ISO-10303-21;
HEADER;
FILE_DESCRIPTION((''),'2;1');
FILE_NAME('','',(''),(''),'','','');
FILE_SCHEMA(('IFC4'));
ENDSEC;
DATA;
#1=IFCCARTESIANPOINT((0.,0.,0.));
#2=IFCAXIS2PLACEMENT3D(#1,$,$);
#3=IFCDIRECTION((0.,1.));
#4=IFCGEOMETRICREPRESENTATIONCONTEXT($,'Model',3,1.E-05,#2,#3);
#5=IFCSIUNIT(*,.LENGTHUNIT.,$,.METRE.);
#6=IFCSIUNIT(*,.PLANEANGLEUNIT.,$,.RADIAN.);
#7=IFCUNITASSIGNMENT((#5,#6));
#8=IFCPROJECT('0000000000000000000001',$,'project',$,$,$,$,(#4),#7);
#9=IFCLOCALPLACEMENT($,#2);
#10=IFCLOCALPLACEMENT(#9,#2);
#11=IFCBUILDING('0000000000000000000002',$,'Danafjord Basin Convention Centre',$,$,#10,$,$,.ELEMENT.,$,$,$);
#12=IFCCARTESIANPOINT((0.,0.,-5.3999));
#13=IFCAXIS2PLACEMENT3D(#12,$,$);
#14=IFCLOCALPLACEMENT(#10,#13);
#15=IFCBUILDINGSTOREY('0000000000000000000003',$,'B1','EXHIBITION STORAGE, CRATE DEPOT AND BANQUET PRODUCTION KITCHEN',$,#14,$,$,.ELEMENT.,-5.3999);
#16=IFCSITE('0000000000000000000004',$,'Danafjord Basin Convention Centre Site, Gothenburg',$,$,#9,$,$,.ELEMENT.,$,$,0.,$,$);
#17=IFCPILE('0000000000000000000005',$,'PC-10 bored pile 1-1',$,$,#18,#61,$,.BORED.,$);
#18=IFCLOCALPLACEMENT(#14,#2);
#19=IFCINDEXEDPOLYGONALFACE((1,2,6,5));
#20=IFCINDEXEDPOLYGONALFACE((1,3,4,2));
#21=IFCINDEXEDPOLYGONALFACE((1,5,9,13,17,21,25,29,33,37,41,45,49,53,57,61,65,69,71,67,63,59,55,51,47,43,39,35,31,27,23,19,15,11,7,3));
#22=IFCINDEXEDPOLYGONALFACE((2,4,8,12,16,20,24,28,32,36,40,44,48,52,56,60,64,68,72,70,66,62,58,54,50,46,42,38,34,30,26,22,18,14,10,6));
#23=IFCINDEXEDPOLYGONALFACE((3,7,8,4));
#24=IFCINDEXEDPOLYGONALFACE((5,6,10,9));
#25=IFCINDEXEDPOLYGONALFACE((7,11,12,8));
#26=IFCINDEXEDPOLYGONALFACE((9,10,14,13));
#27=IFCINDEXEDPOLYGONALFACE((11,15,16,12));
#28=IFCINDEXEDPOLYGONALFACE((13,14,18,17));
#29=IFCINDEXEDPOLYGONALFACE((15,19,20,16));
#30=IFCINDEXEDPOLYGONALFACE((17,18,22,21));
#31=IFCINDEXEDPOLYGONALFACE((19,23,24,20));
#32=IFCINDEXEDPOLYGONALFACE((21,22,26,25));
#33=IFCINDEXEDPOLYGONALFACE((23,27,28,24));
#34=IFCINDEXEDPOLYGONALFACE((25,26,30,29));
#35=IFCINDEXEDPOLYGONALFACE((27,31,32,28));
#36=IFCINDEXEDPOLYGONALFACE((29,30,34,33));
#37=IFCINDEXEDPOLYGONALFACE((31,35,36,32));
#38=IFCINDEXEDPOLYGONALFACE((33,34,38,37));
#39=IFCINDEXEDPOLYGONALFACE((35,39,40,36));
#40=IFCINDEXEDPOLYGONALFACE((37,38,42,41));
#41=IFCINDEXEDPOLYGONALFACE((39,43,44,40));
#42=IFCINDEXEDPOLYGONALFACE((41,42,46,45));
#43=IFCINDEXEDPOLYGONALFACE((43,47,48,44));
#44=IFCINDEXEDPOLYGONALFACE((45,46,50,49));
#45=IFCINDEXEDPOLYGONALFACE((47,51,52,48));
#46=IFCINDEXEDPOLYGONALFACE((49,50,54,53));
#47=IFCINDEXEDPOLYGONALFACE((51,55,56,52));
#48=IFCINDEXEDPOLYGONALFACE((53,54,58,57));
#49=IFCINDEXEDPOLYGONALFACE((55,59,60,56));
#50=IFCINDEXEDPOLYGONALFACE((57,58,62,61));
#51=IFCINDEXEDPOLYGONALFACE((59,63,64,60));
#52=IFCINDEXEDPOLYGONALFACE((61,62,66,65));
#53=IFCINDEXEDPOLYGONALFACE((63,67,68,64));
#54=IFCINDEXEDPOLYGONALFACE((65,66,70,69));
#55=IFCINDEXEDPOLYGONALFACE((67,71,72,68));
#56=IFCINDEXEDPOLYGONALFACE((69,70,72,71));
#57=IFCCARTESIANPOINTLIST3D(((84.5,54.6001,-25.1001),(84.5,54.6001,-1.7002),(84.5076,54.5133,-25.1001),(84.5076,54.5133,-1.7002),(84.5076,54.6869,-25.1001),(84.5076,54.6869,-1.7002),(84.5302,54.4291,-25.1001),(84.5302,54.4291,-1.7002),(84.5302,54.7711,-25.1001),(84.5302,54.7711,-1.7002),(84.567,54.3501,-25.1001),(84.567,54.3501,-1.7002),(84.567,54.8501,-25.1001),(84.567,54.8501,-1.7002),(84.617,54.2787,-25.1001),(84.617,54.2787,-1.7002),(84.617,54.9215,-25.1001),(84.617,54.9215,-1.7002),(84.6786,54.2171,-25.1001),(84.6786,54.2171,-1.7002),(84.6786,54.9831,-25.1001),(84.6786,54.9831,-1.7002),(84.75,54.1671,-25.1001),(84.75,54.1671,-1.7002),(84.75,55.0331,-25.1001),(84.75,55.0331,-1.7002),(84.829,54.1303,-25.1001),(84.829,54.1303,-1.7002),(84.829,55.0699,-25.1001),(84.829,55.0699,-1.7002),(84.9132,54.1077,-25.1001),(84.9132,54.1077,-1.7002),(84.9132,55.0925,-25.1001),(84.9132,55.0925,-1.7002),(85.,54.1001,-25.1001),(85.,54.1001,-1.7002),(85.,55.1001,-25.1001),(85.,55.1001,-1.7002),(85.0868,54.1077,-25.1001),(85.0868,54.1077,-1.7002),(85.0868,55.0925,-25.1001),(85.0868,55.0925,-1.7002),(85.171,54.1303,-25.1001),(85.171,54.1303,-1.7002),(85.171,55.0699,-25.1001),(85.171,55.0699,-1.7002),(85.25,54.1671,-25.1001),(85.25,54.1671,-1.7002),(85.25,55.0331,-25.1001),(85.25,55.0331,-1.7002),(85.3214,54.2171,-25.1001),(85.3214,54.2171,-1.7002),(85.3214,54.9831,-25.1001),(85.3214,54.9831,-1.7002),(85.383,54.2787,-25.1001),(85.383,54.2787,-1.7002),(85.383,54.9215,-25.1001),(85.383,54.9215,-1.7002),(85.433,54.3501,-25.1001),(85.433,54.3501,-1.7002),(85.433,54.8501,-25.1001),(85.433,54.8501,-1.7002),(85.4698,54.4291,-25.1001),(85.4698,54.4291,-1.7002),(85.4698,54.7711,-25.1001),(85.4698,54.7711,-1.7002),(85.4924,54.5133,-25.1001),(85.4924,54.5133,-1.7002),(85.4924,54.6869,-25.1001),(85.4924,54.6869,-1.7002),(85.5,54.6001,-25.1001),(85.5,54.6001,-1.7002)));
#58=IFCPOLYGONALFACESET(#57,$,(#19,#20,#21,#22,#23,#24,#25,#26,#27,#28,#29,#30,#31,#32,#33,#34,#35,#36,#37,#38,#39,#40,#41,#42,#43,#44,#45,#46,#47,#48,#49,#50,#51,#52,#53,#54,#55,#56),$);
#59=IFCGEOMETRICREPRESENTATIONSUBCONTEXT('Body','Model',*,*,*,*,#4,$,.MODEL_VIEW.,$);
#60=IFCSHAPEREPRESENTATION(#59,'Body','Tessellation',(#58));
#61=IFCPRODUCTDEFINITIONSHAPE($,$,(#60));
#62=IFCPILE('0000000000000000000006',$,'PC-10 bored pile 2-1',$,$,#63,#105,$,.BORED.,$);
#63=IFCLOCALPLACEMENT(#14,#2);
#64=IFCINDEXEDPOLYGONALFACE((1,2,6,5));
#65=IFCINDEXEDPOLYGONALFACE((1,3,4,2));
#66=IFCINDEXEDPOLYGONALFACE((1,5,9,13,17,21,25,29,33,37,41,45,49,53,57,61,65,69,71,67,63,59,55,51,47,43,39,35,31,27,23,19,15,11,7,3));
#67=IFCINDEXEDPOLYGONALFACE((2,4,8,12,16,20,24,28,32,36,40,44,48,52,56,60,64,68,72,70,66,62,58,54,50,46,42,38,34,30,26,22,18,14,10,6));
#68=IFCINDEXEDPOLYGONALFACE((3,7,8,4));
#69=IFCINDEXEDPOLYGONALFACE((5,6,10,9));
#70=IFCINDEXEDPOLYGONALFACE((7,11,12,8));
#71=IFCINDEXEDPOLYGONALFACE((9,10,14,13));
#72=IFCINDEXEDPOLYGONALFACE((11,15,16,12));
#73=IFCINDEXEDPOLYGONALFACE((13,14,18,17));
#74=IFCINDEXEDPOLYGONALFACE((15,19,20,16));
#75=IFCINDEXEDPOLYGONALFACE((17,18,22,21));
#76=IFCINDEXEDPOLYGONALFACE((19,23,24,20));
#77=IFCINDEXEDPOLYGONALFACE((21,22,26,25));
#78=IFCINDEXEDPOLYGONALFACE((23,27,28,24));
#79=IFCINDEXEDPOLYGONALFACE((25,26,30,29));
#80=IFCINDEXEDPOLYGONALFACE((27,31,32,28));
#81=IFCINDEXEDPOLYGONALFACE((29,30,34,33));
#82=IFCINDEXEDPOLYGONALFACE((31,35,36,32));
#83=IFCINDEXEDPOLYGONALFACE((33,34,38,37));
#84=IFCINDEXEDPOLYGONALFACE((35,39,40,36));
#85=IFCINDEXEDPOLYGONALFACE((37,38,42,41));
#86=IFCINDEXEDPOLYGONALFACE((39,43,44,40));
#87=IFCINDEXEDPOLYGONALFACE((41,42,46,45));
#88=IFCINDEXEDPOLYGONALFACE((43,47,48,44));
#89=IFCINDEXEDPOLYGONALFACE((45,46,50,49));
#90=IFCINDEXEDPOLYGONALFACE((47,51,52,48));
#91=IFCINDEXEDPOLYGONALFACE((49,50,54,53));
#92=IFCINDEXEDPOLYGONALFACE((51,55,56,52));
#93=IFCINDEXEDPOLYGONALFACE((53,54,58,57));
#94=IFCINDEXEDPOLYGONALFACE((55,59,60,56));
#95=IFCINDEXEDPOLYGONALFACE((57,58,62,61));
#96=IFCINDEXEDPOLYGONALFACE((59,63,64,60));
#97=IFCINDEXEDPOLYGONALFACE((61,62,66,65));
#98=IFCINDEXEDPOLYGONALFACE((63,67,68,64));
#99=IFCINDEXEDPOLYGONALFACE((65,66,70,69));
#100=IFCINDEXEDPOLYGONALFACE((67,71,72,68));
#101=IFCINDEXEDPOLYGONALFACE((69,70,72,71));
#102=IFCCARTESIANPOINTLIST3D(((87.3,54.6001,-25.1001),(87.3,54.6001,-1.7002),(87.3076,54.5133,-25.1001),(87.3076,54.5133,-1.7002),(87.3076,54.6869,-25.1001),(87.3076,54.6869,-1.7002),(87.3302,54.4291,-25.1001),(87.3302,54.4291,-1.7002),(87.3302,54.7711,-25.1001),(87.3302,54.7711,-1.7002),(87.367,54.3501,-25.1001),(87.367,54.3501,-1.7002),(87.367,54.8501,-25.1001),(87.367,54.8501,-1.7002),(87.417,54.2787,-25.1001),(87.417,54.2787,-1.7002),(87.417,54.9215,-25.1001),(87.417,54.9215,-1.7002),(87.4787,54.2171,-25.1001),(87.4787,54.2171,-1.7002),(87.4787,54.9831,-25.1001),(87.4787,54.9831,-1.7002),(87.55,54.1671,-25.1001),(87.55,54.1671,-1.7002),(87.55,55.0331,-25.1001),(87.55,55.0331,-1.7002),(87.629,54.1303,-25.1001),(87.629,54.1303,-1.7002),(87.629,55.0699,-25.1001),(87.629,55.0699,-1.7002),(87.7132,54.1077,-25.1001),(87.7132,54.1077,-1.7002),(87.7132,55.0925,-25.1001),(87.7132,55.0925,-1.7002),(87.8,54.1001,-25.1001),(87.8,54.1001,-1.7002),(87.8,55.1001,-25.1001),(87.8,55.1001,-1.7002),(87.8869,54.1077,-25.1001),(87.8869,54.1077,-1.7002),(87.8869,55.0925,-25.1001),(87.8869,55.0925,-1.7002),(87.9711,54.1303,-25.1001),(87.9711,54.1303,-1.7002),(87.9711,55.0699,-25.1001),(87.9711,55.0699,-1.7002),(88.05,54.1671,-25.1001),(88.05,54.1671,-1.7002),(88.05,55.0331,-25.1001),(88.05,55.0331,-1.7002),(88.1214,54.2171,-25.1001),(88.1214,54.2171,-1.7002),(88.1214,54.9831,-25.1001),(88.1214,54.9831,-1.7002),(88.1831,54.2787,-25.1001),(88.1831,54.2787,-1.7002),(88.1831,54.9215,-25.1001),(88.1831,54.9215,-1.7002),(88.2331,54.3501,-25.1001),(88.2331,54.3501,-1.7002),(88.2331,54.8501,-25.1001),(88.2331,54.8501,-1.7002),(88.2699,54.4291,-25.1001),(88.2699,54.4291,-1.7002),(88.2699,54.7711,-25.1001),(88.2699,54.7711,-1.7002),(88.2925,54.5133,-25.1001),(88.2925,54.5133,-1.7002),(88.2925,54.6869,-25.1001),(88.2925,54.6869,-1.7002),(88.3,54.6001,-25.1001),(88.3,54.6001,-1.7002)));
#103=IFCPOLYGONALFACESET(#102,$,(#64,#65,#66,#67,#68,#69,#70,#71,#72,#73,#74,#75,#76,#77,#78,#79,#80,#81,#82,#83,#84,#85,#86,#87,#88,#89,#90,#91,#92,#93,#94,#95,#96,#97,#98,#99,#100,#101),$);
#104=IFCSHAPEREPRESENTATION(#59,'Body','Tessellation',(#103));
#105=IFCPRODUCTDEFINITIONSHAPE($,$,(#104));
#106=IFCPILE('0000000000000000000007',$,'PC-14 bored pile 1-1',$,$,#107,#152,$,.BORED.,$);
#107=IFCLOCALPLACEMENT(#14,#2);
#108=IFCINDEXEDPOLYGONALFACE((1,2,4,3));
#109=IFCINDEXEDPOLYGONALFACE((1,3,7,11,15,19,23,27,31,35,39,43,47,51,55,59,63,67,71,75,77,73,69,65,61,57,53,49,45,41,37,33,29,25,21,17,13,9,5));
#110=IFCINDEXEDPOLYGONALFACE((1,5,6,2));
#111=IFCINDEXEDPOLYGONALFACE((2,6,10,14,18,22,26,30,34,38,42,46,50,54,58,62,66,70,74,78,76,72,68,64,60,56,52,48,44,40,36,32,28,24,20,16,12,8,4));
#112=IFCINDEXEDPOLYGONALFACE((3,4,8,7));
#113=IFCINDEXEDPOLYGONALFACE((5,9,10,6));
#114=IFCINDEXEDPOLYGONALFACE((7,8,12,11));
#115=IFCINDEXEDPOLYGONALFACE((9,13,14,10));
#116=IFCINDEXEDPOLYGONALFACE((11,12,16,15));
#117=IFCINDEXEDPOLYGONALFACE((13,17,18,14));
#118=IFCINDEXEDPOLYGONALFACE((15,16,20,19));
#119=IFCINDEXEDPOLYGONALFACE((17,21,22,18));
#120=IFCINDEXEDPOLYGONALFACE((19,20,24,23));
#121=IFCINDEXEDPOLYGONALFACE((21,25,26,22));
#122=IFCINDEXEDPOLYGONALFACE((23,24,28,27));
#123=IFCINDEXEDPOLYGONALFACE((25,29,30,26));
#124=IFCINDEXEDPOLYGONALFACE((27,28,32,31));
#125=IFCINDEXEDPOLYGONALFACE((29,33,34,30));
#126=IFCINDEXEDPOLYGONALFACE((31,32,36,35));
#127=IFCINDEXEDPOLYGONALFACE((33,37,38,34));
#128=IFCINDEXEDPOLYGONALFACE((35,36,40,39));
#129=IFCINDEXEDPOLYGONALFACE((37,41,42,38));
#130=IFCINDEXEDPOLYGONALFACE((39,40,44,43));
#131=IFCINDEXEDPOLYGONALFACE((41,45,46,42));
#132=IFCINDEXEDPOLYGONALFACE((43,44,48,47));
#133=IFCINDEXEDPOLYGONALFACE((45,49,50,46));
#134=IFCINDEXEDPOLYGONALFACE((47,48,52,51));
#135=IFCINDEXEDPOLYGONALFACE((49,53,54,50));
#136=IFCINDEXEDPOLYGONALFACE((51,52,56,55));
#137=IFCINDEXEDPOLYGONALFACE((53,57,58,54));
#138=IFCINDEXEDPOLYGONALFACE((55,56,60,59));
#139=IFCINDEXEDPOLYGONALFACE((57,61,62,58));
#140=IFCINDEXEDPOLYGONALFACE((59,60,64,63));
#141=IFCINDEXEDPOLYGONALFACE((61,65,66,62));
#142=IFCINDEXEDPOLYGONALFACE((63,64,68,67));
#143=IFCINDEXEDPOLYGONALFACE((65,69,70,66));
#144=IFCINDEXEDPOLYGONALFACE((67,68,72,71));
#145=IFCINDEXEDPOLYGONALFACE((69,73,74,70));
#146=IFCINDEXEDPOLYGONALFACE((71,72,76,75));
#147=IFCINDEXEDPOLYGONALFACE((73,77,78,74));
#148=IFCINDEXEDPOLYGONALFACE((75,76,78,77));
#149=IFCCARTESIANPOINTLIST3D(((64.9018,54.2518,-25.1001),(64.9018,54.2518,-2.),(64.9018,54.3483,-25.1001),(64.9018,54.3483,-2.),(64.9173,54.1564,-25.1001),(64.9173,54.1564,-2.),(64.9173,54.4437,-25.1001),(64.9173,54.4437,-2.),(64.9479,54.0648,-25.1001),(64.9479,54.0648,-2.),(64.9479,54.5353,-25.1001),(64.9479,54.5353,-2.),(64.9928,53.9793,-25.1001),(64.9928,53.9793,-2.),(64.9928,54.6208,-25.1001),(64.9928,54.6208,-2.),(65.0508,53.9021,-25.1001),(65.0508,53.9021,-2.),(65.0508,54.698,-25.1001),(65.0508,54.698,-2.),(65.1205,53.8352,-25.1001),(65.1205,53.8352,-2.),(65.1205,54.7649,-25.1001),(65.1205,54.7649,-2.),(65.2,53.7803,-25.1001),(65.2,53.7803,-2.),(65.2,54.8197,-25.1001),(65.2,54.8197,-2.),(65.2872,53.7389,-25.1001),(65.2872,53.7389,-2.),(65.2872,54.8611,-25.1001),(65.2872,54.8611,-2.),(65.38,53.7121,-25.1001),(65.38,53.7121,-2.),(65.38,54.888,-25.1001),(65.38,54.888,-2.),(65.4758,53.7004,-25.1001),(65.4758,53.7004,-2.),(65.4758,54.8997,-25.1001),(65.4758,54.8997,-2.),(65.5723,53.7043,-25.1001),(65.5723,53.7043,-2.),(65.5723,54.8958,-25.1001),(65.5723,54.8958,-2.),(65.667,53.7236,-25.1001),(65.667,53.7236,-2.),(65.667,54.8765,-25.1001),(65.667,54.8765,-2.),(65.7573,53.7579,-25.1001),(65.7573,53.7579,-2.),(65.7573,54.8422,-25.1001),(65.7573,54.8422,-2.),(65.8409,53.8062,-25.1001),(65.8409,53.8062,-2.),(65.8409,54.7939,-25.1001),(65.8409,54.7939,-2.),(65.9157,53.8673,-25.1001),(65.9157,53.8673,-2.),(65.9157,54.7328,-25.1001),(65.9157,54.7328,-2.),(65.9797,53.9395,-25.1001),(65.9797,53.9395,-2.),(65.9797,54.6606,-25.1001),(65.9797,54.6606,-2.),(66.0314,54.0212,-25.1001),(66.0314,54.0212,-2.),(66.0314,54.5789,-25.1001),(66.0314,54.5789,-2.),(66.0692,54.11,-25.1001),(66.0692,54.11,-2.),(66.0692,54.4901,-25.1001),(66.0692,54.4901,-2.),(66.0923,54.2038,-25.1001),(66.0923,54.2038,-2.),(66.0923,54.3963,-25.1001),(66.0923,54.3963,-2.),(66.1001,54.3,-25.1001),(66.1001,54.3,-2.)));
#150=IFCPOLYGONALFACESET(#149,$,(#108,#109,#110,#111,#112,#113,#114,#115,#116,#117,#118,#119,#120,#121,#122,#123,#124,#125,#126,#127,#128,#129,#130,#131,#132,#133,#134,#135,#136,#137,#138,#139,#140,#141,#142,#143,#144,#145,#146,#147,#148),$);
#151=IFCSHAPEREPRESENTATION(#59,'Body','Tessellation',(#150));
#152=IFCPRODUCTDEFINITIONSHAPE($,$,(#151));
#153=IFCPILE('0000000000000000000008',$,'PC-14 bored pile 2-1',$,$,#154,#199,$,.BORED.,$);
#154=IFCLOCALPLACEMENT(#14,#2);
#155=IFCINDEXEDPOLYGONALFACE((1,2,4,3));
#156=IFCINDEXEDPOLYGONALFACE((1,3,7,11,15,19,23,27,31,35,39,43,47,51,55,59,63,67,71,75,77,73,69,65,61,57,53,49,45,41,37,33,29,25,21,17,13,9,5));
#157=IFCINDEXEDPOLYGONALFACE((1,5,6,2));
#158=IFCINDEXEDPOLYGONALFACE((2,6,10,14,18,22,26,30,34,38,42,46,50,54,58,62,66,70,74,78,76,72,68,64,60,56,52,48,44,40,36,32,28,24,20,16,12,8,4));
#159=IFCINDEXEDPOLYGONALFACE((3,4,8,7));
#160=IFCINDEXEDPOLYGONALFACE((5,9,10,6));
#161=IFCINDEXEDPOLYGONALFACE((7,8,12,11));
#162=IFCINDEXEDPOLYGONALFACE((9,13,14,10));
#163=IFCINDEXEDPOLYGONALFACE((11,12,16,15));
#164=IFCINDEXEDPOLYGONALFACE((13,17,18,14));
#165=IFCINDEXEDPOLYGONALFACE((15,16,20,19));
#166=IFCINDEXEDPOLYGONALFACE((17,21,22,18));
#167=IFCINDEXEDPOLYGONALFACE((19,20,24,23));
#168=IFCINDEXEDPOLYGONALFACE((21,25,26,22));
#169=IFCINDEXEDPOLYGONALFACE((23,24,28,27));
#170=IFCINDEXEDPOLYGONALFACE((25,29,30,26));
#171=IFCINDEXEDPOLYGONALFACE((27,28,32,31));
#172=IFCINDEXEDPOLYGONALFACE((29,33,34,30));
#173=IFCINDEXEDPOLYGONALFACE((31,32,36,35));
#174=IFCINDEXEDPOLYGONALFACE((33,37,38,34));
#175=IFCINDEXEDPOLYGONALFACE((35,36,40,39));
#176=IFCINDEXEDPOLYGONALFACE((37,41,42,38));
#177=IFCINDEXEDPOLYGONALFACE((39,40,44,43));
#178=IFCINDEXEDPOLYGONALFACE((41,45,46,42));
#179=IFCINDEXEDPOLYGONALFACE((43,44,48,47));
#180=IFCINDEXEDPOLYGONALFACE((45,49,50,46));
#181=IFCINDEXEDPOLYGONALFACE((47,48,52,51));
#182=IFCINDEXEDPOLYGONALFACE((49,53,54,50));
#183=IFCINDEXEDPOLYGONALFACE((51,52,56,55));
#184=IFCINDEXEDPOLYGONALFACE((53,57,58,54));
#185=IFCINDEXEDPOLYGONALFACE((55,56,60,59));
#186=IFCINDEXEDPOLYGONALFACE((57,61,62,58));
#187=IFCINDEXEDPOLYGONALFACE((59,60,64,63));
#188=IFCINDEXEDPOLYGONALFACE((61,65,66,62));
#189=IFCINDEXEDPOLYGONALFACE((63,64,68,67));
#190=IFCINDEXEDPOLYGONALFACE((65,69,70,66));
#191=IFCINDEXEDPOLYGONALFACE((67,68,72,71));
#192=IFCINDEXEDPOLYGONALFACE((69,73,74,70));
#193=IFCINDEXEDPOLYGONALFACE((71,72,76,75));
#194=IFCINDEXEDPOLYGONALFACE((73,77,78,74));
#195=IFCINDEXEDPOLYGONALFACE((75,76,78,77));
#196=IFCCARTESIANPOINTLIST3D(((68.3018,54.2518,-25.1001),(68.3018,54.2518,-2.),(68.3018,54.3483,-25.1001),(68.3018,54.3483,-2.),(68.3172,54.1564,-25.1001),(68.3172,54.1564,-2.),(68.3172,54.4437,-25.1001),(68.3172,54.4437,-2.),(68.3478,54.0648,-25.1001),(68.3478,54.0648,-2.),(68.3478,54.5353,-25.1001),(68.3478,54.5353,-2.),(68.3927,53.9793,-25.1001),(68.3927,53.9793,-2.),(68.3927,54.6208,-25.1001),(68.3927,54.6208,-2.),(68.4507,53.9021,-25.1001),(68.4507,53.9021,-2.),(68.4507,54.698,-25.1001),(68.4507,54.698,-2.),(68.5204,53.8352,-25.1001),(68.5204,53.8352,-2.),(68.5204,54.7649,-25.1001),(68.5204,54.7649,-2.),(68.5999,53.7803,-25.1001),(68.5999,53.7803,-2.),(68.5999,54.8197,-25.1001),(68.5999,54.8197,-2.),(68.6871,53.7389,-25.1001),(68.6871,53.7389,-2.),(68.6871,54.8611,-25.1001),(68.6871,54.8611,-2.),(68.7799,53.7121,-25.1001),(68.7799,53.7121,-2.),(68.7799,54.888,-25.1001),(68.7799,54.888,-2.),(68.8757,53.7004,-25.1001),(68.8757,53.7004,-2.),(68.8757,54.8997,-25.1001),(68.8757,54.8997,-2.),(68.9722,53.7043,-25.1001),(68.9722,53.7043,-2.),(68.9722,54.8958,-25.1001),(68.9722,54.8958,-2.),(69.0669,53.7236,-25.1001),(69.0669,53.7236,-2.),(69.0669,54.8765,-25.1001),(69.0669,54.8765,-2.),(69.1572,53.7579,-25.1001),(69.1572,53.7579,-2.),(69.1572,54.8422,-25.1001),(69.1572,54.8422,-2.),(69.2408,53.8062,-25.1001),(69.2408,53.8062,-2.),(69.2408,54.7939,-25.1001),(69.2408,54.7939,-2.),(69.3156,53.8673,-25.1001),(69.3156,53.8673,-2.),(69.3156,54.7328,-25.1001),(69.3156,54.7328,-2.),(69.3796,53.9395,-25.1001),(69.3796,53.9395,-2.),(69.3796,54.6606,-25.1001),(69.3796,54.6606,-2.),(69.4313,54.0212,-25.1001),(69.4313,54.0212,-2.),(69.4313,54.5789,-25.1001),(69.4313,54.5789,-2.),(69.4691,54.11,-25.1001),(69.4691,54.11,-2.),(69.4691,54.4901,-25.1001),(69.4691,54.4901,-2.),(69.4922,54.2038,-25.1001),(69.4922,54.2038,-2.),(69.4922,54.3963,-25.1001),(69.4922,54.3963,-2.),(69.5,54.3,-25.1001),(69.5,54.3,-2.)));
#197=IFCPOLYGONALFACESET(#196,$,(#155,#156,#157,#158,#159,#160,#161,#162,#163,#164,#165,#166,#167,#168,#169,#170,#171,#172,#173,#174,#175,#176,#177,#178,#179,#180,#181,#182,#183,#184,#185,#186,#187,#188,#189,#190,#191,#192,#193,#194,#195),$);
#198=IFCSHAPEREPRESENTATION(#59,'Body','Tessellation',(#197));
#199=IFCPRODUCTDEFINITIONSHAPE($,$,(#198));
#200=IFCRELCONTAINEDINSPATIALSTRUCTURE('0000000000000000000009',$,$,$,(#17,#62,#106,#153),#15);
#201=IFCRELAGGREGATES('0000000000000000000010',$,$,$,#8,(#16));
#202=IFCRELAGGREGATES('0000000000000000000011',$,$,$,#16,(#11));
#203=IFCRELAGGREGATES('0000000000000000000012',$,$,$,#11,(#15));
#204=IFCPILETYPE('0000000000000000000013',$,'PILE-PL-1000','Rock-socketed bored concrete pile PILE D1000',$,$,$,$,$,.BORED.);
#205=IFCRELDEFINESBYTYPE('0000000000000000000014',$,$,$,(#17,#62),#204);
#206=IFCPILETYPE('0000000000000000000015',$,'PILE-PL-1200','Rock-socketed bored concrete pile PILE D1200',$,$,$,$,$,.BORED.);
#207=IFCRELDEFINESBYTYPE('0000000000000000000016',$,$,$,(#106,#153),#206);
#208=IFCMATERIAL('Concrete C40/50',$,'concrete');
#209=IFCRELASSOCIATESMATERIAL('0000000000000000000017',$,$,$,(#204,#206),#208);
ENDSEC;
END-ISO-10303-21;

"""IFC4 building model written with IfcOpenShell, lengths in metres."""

from ifc_helpers import new_model, si_unit, direction, frame, origin, origin_2d, place, context, subcontext, project, spatial, circle, extrude, material, material_profile, profile_set, type_object, element, save


model = new_model("IFC4")

# Units and contexts
model_context = context("Model", 3, precision=1e-05, world=origin(), true_north=direction((0.0, 1.0)))
body_context = subcontext(model_context, "Body", "Model", "MODEL_VIEW")
ifc_project = project(units=[si_unit("LENGTHUNIT", "METRE"), si_unit("PLANEANGLEUNIT", "RADIAN")], contexts=[model_context])

# Site, building, storey
site_placement = place(None, origin())
site = spatial("IfcSite", under=ifc_project, at=site_placement, Name="Danafjord Basin Convention Centre Site, Gothenburg", CompositionType="ELEMENT", RefElevation=0.0)
building_placement = place(site_placement, origin())
building = spatial("IfcBuilding", under=site, at=building_placement, Name="Danafjord Basin Convention Centre", CompositionType="ELEMENT")
storey_placement = place(building_placement, frame((0.0, 0.0, -5.3999)))
storey = spatial("IfcBuildingStorey", under=building, at=storey_placement, Name="B1", Description="EXHIBITION STORAGE, CRATE DEPOT AND BANQUET PRODUCTION KITCHEN", CompositionType="ELEMENT", Elevation=-5.3999)

# Shared definitions
ifc_material_1 = material(Name="Concrete C40/50", Category="concrete")

# Piles
ifc_material_profile_1 = material_profile(ifc_material_1, circle(Radius=0.5, at=origin_2d()), Name="PILE D1000")
ifc_profile_set_1 = profile_set([ifc_material_profile_1], Name="Concrete C40/50")
pile_type_1 = type_object("IfcPileType", Name="PILE-PL-1000", Description="Rock-socketed bored concrete pile PILE D1000", PredefinedType="BORED", material=ifc_profile_set_1)
for number, where, z_axis, x_axis, name in (
    (1, (85.0, 54.6001, -1.7002), (0.0, 0.0, -1.0), (1.0, 0.0, 0.0), "PC-10 bored pile 1-1"),
    (2, (87.8, 54.6001, -1.7002), (0.0, 0.0, -1.0), (1.0, 0.0, 0.0), "PC-10 bored pile 2-1"),
):
    element("IfcPile", number, at=place(storey_placement, frame(where, z_axis=z_axis, x_axis=x_axis)), inside=storey, type_object=pile_type_1, Name=name, PredefinedType="BORED", context=body_context, shape_type="SweptSolid", body=[
        extrude(circle(Radius=0.5, at=origin_2d()), origin(), (0.0, 0.0, 1.0), 23.3999),
    ])
ifc_material_profile_2 = material_profile(ifc_material_1, circle(Radius=0.6001, at=origin_2d()), Name="PILE D1200")
ifc_profile_set_2 = profile_set([ifc_material_profile_2], Name="Concrete C40/50")
pile_type_2 = type_object("IfcPileType", Name="PILE-PL-1200", Description="Rock-socketed bored concrete pile PILE D1200", PredefinedType="BORED", material=ifc_profile_set_2)
for number, where, z_axis, x_axis, name in (
    (3, (65.5, 54.3, -2.0), (0.0, 0.0, -1.0), (1.0, 0.0, 0.0), "PC-14 bored pile 1-1"),
    (4, (68.8999, 54.3, -2.0), (0.0, 0.0, -1.0), (1.0, 0.0, 0.0), "PC-14 bored pile 2-1"),
):
    element("IfcPile", number, at=place(storey_placement, frame(where, z_axis=z_axis, x_axis=x_axis)), inside=storey, type_object=pile_type_2, Name=name, PredefinedType="BORED", context=body_context, shape_type="SweptSolid", body=[
        extrude(circle(Radius=0.6001, at=origin_2d()), origin(), (0.0, 0.0, 1.0), 23.1001),
    ])

save(model, "model.ifc")
